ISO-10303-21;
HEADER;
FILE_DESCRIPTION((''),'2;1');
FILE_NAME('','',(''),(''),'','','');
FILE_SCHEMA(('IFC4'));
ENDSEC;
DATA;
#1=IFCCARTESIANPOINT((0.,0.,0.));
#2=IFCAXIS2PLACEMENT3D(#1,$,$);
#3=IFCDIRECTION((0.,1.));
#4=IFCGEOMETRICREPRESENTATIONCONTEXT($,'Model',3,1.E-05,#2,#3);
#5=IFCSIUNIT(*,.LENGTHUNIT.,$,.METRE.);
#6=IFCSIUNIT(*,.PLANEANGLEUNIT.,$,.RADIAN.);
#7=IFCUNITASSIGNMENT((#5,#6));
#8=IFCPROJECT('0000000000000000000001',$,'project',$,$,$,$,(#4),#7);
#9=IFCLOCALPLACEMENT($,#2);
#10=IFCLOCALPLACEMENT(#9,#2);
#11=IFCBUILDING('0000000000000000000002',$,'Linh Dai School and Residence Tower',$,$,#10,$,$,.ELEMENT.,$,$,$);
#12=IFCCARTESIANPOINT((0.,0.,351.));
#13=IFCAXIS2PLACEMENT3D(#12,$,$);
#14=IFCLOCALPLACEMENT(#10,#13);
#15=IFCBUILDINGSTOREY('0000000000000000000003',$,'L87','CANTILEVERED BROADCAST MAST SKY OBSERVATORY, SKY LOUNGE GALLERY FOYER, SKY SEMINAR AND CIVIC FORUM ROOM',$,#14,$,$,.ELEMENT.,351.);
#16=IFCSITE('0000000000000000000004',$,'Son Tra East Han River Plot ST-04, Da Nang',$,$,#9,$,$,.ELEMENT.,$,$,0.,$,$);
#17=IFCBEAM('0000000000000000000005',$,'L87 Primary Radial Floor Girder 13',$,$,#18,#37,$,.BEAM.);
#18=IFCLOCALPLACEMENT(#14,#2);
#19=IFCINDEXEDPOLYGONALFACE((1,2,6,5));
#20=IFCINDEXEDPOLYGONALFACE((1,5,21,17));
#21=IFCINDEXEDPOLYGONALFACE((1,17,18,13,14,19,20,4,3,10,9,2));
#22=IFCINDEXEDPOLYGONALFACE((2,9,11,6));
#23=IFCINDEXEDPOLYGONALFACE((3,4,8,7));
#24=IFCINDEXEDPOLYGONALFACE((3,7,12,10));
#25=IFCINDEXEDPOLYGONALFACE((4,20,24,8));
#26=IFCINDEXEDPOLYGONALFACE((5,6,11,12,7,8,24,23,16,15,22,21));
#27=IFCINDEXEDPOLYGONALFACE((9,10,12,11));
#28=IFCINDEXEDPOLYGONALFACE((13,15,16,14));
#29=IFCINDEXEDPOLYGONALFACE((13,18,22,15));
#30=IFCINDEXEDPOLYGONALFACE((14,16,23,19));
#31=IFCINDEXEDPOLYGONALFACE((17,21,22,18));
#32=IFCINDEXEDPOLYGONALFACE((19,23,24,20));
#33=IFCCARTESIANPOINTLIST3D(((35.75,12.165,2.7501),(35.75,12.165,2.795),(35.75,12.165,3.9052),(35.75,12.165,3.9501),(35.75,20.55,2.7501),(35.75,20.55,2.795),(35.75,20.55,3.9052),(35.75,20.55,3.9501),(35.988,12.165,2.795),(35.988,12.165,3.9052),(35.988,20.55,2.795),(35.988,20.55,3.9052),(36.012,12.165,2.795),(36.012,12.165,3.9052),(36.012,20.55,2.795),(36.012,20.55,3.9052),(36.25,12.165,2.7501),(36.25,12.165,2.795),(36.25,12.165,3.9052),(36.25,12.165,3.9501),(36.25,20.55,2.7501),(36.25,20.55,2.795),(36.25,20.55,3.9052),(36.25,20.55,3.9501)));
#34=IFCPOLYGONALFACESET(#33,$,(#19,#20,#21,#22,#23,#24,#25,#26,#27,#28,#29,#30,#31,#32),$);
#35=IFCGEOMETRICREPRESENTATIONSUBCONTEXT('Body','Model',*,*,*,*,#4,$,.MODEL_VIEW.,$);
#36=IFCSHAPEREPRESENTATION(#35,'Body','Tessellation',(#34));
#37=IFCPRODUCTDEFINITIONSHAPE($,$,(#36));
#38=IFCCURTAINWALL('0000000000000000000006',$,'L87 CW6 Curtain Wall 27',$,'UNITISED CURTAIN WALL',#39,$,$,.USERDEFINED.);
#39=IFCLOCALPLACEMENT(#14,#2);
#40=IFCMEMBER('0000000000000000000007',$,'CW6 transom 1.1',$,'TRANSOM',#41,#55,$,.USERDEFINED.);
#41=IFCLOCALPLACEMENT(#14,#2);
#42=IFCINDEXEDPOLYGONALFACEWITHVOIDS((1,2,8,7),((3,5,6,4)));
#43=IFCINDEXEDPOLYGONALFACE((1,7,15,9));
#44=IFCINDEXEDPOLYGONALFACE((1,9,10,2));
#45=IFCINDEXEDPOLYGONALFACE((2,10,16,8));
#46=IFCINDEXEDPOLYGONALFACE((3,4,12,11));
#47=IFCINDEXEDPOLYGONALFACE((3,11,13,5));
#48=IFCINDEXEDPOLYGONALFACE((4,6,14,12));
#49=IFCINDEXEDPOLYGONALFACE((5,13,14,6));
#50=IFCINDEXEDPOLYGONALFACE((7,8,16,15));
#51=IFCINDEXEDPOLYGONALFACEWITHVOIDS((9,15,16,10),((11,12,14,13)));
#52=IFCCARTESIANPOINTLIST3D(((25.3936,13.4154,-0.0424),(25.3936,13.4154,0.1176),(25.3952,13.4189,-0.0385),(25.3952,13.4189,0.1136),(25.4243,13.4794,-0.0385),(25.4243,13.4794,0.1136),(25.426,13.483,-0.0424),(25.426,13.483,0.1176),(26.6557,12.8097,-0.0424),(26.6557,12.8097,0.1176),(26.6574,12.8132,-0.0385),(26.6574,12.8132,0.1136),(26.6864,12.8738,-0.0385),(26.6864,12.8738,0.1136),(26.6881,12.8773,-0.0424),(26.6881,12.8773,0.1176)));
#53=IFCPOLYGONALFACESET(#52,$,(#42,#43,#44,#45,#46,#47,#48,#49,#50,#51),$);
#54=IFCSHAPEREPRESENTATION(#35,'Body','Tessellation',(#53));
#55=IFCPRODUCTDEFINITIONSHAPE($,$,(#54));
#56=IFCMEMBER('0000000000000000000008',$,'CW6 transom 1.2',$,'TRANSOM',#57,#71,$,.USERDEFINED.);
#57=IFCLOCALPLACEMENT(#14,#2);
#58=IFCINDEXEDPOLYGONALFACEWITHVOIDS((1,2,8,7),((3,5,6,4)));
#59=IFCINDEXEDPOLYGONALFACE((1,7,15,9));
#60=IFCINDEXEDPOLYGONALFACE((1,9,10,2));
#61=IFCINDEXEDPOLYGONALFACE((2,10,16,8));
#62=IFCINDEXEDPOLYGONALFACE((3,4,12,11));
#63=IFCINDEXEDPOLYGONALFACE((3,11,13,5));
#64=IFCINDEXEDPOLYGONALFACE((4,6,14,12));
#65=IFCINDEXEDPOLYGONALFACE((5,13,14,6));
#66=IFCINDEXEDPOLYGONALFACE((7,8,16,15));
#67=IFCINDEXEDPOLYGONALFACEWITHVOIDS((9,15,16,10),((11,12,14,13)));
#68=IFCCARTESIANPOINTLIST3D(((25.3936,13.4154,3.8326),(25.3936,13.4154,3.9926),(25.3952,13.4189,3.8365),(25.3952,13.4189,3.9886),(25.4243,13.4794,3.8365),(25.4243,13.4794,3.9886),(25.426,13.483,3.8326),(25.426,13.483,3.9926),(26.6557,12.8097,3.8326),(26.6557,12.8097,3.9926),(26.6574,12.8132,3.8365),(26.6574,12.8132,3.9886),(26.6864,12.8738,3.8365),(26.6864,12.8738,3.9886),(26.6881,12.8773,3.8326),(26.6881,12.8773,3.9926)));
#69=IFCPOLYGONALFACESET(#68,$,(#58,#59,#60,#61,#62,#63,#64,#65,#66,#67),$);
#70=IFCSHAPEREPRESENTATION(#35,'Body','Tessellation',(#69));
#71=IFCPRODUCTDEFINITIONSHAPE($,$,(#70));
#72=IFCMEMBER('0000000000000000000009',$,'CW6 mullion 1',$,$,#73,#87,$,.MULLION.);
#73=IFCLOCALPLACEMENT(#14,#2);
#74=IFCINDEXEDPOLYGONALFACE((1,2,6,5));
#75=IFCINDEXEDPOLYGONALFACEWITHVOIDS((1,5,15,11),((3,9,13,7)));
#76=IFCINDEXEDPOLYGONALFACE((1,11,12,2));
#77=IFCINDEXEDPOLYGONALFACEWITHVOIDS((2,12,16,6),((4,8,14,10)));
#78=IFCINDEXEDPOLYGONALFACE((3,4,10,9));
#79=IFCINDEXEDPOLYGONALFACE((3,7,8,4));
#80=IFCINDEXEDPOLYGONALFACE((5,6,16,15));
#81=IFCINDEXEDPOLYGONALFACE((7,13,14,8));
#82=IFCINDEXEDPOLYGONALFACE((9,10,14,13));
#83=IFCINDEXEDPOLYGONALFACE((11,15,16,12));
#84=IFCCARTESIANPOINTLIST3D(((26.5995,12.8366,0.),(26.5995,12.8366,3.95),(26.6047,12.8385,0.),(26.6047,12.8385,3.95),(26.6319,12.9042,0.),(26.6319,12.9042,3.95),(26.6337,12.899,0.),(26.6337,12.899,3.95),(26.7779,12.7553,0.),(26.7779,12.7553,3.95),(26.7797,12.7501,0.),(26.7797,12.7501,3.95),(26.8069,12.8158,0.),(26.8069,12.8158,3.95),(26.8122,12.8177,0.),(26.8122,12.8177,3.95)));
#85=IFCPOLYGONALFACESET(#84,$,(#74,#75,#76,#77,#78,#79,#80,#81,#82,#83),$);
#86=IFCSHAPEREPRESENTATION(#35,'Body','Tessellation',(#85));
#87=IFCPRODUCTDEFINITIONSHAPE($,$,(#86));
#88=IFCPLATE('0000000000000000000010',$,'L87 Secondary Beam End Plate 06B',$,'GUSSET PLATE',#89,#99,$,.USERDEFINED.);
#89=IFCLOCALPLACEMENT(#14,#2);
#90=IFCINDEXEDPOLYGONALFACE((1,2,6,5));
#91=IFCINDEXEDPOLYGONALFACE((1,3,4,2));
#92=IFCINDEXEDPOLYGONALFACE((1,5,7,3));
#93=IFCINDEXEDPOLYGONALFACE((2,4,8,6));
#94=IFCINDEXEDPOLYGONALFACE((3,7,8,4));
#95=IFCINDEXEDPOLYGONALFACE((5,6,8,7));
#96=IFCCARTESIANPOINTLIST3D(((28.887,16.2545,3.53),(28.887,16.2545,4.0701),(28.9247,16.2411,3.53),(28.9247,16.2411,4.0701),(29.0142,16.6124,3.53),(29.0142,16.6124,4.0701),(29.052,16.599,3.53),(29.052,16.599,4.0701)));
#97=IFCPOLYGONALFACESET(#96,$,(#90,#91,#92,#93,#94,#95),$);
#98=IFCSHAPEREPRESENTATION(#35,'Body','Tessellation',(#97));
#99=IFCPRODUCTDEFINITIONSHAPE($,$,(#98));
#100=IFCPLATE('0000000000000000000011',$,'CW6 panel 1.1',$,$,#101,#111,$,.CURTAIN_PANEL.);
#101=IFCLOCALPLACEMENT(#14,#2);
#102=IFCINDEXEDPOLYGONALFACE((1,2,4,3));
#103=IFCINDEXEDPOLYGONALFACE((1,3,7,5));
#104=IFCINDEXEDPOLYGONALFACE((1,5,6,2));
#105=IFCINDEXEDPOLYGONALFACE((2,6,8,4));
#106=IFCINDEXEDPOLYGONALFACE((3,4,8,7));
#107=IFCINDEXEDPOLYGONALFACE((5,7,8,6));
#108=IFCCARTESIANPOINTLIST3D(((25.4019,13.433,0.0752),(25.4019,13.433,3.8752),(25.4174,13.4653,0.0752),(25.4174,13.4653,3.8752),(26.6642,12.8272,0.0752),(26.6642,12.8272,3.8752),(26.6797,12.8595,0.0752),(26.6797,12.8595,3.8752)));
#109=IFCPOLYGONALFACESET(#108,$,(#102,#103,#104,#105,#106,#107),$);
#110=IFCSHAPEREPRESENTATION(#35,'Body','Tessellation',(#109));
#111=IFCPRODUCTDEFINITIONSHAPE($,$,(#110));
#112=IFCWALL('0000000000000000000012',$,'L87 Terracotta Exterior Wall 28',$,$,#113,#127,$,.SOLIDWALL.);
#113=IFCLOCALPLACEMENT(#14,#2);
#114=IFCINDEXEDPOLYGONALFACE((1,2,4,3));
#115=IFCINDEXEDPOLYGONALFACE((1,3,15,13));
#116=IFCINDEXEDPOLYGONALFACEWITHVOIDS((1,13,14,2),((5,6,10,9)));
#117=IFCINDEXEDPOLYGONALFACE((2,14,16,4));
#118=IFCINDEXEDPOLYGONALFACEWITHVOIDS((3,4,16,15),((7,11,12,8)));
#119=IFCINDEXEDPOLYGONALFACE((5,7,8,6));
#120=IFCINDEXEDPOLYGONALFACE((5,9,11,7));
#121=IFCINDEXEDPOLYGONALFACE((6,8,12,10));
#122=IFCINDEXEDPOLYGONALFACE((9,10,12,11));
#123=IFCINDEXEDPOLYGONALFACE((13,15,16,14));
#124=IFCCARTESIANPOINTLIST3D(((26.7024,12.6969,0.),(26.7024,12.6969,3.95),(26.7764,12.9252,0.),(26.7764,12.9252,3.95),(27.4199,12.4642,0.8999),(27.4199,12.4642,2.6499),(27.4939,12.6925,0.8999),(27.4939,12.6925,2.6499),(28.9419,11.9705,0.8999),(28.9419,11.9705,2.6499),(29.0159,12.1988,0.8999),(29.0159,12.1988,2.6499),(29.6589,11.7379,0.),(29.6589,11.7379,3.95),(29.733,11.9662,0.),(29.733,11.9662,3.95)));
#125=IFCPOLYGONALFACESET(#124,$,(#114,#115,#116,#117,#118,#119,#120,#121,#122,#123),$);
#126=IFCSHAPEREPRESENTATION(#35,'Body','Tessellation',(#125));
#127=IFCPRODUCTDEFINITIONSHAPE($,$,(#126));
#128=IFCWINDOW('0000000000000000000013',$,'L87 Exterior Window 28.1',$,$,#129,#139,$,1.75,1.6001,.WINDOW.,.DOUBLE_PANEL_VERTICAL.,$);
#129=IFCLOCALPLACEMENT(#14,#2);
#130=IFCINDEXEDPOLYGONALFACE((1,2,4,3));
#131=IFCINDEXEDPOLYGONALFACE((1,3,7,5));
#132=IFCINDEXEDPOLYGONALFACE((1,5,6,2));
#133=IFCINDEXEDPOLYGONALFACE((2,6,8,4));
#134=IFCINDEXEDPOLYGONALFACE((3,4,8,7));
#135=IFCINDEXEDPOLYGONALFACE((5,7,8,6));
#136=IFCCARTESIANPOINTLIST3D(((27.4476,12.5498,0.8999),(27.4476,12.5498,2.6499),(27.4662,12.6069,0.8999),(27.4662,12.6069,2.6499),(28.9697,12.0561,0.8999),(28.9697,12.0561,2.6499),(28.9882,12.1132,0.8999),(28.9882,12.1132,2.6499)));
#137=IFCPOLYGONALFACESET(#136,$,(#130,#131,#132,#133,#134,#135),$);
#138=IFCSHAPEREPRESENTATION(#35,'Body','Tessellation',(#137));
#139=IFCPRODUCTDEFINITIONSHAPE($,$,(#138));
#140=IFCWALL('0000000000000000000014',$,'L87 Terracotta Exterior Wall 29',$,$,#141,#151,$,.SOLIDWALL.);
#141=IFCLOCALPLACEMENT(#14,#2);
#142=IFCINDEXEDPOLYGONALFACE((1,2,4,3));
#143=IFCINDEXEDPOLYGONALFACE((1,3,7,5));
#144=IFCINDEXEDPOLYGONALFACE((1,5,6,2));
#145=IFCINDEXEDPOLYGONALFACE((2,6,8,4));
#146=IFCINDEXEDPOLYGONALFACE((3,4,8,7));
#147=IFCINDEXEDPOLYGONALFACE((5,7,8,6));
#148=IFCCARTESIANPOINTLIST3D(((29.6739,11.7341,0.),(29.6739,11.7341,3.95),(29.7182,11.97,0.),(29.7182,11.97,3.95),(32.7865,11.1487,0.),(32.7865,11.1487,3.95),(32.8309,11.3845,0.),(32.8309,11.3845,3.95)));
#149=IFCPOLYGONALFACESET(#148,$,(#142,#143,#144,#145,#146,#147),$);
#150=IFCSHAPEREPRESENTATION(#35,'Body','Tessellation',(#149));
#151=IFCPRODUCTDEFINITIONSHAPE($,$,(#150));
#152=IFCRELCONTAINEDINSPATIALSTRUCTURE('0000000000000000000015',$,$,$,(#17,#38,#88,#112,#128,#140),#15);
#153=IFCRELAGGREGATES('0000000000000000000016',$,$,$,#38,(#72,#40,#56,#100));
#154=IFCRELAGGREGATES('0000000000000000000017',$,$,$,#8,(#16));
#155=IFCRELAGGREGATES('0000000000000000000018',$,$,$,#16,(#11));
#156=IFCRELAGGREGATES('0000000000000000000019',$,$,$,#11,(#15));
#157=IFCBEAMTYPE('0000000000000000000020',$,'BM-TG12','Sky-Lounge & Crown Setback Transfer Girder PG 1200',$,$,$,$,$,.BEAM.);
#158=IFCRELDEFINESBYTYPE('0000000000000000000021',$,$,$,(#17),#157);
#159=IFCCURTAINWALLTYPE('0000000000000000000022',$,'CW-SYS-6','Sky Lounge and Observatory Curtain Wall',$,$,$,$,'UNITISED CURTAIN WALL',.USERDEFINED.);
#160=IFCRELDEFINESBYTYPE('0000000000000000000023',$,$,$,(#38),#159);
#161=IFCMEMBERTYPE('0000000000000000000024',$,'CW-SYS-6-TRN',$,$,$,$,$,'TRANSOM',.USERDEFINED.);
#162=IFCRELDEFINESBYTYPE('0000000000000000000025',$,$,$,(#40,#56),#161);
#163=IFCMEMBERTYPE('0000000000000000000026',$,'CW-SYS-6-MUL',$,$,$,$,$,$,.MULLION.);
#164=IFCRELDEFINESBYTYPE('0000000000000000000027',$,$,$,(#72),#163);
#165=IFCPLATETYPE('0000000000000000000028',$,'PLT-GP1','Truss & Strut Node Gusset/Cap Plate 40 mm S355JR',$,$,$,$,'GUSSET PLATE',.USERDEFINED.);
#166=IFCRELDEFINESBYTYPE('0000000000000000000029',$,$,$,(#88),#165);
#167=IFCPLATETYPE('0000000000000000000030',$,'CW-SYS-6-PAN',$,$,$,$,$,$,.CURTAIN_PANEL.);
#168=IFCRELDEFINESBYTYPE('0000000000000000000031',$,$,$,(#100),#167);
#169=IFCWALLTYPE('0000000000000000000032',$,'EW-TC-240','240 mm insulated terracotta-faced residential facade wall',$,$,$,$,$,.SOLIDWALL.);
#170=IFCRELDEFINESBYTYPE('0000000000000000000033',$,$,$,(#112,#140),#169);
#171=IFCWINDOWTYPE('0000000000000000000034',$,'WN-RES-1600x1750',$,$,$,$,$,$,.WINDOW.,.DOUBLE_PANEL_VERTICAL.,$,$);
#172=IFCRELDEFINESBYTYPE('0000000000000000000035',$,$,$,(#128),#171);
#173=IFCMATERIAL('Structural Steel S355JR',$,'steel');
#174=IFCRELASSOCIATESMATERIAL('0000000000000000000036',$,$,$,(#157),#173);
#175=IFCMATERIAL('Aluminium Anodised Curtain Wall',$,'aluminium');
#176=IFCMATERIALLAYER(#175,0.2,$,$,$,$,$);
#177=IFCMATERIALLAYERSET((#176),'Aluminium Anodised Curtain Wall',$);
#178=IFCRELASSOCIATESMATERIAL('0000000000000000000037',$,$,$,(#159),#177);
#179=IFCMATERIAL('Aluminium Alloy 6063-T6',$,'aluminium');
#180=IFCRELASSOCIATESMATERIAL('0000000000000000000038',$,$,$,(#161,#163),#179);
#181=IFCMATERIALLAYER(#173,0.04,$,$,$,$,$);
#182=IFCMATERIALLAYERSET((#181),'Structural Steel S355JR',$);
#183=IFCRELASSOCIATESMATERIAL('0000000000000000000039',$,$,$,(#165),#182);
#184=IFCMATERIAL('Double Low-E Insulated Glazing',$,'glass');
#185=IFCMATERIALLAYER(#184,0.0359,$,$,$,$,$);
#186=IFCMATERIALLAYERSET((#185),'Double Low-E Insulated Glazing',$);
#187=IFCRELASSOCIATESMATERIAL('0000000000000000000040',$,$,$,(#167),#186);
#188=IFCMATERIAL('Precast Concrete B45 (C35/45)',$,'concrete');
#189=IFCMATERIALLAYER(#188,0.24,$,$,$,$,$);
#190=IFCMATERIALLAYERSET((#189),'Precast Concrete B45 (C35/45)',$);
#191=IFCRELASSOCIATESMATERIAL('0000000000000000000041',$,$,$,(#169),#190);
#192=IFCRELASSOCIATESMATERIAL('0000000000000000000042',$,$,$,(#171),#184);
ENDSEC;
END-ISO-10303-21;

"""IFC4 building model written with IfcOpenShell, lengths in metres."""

from ifc_helpers import new_model, si_unit, direction, frame, frame_2d, origin, origin_2d, place, context, subcontext, project, spatial, rectangle, hollow_rectangle, i_section, extrude, source, transform, mapped, material, layer, layer_set, material_profile, profile_set, type_object, element, fill, aggregate, save


model = new_model("IFC4")

# Units and contexts
model_context = context("Model", 3, precision=1e-05, world=origin(), true_north=direction((0.0, 1.0)))
body_context = subcontext(model_context, "Body", "Model", "MODEL_VIEW")
ifc_project = project(units=[si_unit("LENGTHUNIT", "METRE"), si_unit("PLANEANGLEUNIT", "RADIAN")], contexts=[model_context])

# Site, building, storey
site_placement = place(None, origin())
site = spatial("IfcSite", under=ifc_project, at=site_placement, Name="Son Tra East Han River Plot ST-04, Da Nang", CompositionType="ELEMENT", RefElevation=0.0)
building_placement = place(site_placement, origin())
building = spatial("IfcBuilding", under=site, at=building_placement, Name="Linh Dai School and Residence Tower", CompositionType="ELEMENT")
storey_placement = place(building_placement, frame((0.0, 0.0, 351.0)))
storey = spatial("IfcBuildingStorey", under=building, at=storey_placement, Name="L87", Description="CANTILEVERED BROADCAST MAST SKY OBSERVATORY, SKY LOUNGE GALLERY FOYER, SKY SEMINAR AND CIVIC FORUM ROOM", CompositionType="ELEMENT", Elevation=351.0)

# Shared definitions
ifc_material_1 = material(Name="Structural Steel S355JR", Category="steel")

# Beam
ifc_material_profile_1 = material_profile(ifc_material_1, i_section(OverallWidth=0.5, OverallDepth=1.2, WebThickness=0.0239, FlangeThickness=0.0449, at=origin_2d()), Name="PG 1200x500x24x45")
ifc_profile_set_1 = profile_set([ifc_material_profile_1], Name="Structural Steel S355JR")
beam_type_1 = type_object("IfcBeamType", Name="BM-TG12", Description="Sky-Lounge & Crown Setback Transfer Girder PG 1200", PredefinedType="BEAM", material=ifc_profile_set_1)
beam_1_placement = place(storey_placement, frame((36.0, 20.55, 3.3501), z_axis=(0.0, -1.0, 0.0), x_axis=(1.0, 0.0, 0.0)))
element("IfcBeam", 1, at=beam_1_placement, inside=storey, type_object=beam_type_1, Name="L87 Primary Radial Floor Girder 13", PredefinedType="BEAM", context=body_context, shape_type="SweptSolid", body=[
    extrude(i_section(OverallWidth=0.5, OverallDepth=1.2, WebThickness=0.0239, FlangeThickness=0.0449, at=origin_2d()), origin(), (0.0, 0.0, 1.0), 8.385),
])

# Curtain wall, members
ifc_material_2 = material(Name="Aluminium Anodised Curtain Wall", Category="aluminium")
ifc_layer_1 = layer(ifc_material_2, 0.2)
ifc_layer_set_1 = layer_set([ifc_layer_1], Name="Aluminium Anodised Curtain Wall")
curtain_wall_type = type_object("IfcCurtainWallType", Name="CW-SYS-6", Description="Sky Lounge and Observatory Curtain Wall", ElementType="UNITISED CURTAIN WALL", PredefinedType="USERDEFINED", material=ifc_layer_set_1)
curtain_wall_placement = place(storey_placement, origin())
curtain_wall = element("IfcCurtainWall", 2, at=curtain_wall_placement, inside=storey, type_object=curtain_wall_type, Name="L87 CW6 Curtain Wall 27", ObjectType="UNITISED CURTAIN WALL", PredefinedType="USERDEFINED")
ifc_material_3 = material(Name="Aluminium Alloy 6063-T6", Category="aluminium")
ifc_material_profile_2 = material_profile(ifc_material_3, hollow_rectangle(XDim=0.075, YDim=0.1599, WallThickness=0.0039, at=origin_2d()), Name="RHS 160x75x4")
ifc_profile_set_2 = profile_set([ifc_material_profile_2], Name="Aluminium Alloy 6063-T6")
member_type_1 = type_object("IfcMemberType", Name="CW-SYS-6-TRN", ElementType="TRANSOM", PredefinedType="USERDEFINED", material=ifc_profile_set_2)
shared_shape_1 = source(origin(), body_context, "Body", "SweptSolid", [
    extrude(hollow_rectangle(XDim=0.075, YDim=0.1599, WallThickness=0.0039, at=origin_2d()), origin(), (0.0, 0.0, 1.0), 1.3999),
])
member_1_placement = place(storey_placement, frame((26.6719, 12.8435, 0.0376), z_axis=(-0.901564, 0.432646, 0.0), x_axis=(-0.432646, -0.901564, 0.0)))
member_1 = element("IfcMember", 3, at=member_1_placement, type_object=member_type_1, Name="CW6 transom 1.1", ObjectType="TRANSOM", PredefinedType="USERDEFINED", context=body_context, shape_type="MappedRepresentation", body=[
    mapped(shared_shape_1, transform((0.0, 0.0, 0.0), x_axis=(1.0, 0.0, 0.0), y_axis=(0.0, 1.0, 0.0), z_axis=(0.0, 0.0, 1.0), scale=1.0)),
])
member_2_placement = place(storey_placement, frame((26.6719, 12.8435, 3.9126), z_axis=(-0.901564, 0.432646, 0.0), x_axis=(-0.432646, -0.901564, 0.0)))
member_2 = element("IfcMember", 4, at=member_2_placement, type_object=member_type_1, Name="CW6 transom 1.2", ObjectType="TRANSOM", PredefinedType="USERDEFINED", context=body_context, shape_type="MappedRepresentation", body=[
    mapped(shared_shape_1, transform((0.0, 0.0, 0.0), x_axis=(1.0, 0.0, 0.0), y_axis=(0.0, 1.0, 0.0), z_axis=(0.0, 0.0, 1.0), scale=1.0)),
])
ifc_material_profile_3 = material_profile(ifc_material_3, hollow_rectangle(XDim=0.075, YDim=0.2, WallThickness=0.0039, at=origin_2d()), Name="RHS 200x75x4")
ifc_profile_set_3 = profile_set([ifc_material_profile_3], Name="Aluminium Alloy 6063-T6")
member_type_2 = type_object("IfcMemberType", Name="CW-SYS-6-MUL", PredefinedType="MULLION", material=ifc_profile_set_3)
shared_shape_2 = source(origin(), body_context, "Body", "SweptSolid", [
    extrude(hollow_rectangle(XDim=0.075, YDim=0.2, WallThickness=0.0039, at=origin_2d()), origin(), (0.0, 0.0, 1.0), 3.95),
])
member_3_placement = place(storey_placement, frame((26.7058, 12.8271, 0.0), z_axis=(0.0, 0.0, 1.0), x_axis=(-0.432674, -0.901551, 0.0)))
member_3 = element("IfcMember", 5, at=member_3_placement, type_object=member_type_2, Name="CW6 mullion 1", PredefinedType="MULLION", context=body_context, shape_type="MappedRepresentation", body=[
    mapped(shared_shape_2, transform((0.0, 0.0, 0.0), x_axis=(1.0, 0.0, 0.0), y_axis=(0.0, 1.0, 0.0), z_axis=(0.0, 0.0, 1.0), scale=1.0)),
])

# Plates
ifc_layer_2 = layer(ifc_material_1, 0.04)
ifc_layer_set_2 = layer_set([ifc_layer_2], Name="Structural Steel S355JR")
plate_type_1 = type_object("IfcPlateType", Name="PLT-GP1", Description="Truss & Strut Node Gusset/Cap Plate 40 mm S355JR", ElementType="GUSSET PLATE", PredefinedType="USERDEFINED", material=ifc_layer_set_2)
shared_shape_3 = source(origin(), body_context, "Body", "SweptSolid", [
    extrude(rectangle(XDim=0.04, YDim=0.3799, at=origin_2d()), origin(), (0.0, 0.0, 1.0), 0.54),
])
plate_1_placement = place(storey_placement, frame((28.9695, 16.4268, 3.53), z_axis=(0.0, 0.0, 1.0), x_axis=(0.942251, -0.334909, 0.0)))
element("IfcPlate", 6, at=plate_1_placement, inside=storey, type_object=plate_type_1, Name="L87 Secondary Beam End Plate 06B", ObjectType="GUSSET PLATE", PredefinedType="USERDEFINED", context=body_context, shape_type="MappedRepresentation", body=[
    mapped(shared_shape_3, transform((0.0, 0.0, 0.0), x_axis=(1.0, 0.0, 0.0), y_axis=(0.0, 1.0, 0.0), z_axis=(0.0, 0.0, 1.0), scale=1.0)),
])
ifc_material_4 = material(Name="Double Low-E Insulated Glazing", Category="glass")
ifc_layer_3 = layer(ifc_material_4, 0.0359)
ifc_layer_set_3 = layer_set([ifc_layer_3], Name="Double Low-E Insulated Glazing")
plate_type_2 = type_object("IfcPlateType", Name="CW-SYS-6-PAN", PredefinedType="CURTAIN_PANEL", material=ifc_layer_set_3)
shared_shape_4 = source(origin(), body_context, "Body", "SweptSolid", [
    extrude(rectangle(XDim=1.4001, YDim=0.0359, at=origin_2d()), origin(), (0.0, 0.0, 1.0), 3.8),
])
plate_2_placement = place(storey_placement, frame((26.0408, 13.1462, 0.0752), z_axis=(0.0, 0.0, 1.0), x_axis=(-0.901551, 0.432674, 0.0)))
plate_2 = element("IfcPlate", 7, at=plate_2_placement, type_object=plate_type_2, Name="CW6 panel 1.1", PredefinedType="CURTAIN_PANEL", context=body_context, shape_type="MappedRepresentation", body=[
    mapped(shared_shape_4, transform((0.0, 0.0, 0.0), x_axis=(1.0, 0.0, 0.0), y_axis=(0.0, 1.0, 0.0), z_axis=(0.0, 0.0, 1.0), scale=1.0)),
])
aggregate(curtain_wall, [member_3, member_1, member_2, plate_2])

# Wall, opening, window
ifc_material_5 = material(Name="Precast Concrete B45 (C35/45)", Category="concrete")
ifc_layer_4 = layer(ifc_material_5, 0.24)
ifc_layer_set_4 = layer_set([ifc_layer_4], Name="Precast Concrete B45 (C35/45)")
wall_type_1 = type_object("IfcWallType", Name="EW-TC-240", Description="240 mm insulated terracotta-faced residential facade wall", PredefinedType="SOLIDWALL", material=ifc_layer_set_4)
wall_1_placement = place(storey_placement, frame((29.696, 11.8521, 0.0), z_axis=(0.0, 0.0, 1.0), x_axis=(-0.951213, 0.308535, 0.0)))
wall_1 = element("IfcWall", 8, at=wall_1_placement, inside=storey, type_object=wall_type_1, Name="L87 Terracotta Exterior Wall 28", PredefinedType="SOLIDWALL", context=body_context, shape_type="SweptSolid", body=[
    extrude(rectangle(XDim=3.1082, YDim=0.24, at=frame_2d((1.5542, 0.0))), origin(), (0.0, 0.0, 1.0), 3.95),
])
opening_1_placement = place(wall_1_placement, frame((0.7539, 0.0, 0.8999)))
opening_1 = element("IfcOpeningElement", 9, at=opening_1_placement, cuts=wall_1, PredefinedType="OPENING", context=body_context, shape_type="SweptSolid", body=[
    extrude(rectangle(XDim=1.6001, YDim=1.75, at=origin_2d()), frame((0.8, 0.1299, 0.875), z_axis=(0.0, -1.0, 0.0), x_axis=(1.0, 0.0, 0.0)), (0.0, 0.0, 1.0), 0.26),
])
window_type = type_object("IfcWindowType", Name="WN-RES-1600x1750", PartitioningType="DOUBLE_PANEL_VERTICAL", PredefinedType="WINDOW", material=ifc_material_4)
shared_shape_5 = source(origin(), body_context, "Body", "SweptSolid", [
    extrude(rectangle(XDim=1.6001, YDim=1.75, at=origin_2d()), frame((0.8, 0.03, 0.875), z_axis=(0.0, -1.0, 0.0), x_axis=(1.0, 0.0, 0.0)), (0.0, 0.0, 1.0), 0.0601),
])
window_1_placement = place(opening_1_placement, origin())
window_1 = element("IfcWindow", 10, at=window_1_placement, inside=storey, type_object=window_type, Name="L87 Exterior Window 28.1", OverallHeight=1.75, OverallWidth=1.6001, PartitioningType="DOUBLE_PANEL_VERTICAL", PredefinedType="WINDOW", context=body_context, shape_type="MappedRepresentation", body=[
    mapped(shared_shape_5, transform((0.0, 0.0, 0.0), x_axis=(1.0, 0.0, 0.0), y_axis=(0.0, 1.0, 0.0), z_axis=(0.0, 0.0, 1.0), scale=1.0)),
])
fill(opening_1, window_1)

# Wall
wall_2_placement = place(storey_placement, frame((32.8086, 11.2666, 0.0), z_axis=(0.0, 0.0, 1.0), x_axis=(-0.982766, 0.184852, 0.0)))
element("IfcWall", 11, at=wall_2_placement, inside=storey, type_object=wall_type_1, Name="L87 Terracotta Exterior Wall 29", PredefinedType="SOLIDWALL", context=body_context, shape_type="SweptSolid", body=[
    extrude(rectangle(XDim=3.1672, YDim=0.24, at=frame_2d((1.5835, 0.0))), origin(), (0.0, 0.0, 1.0), 3.95),
])

save(model, "model.ifc")
